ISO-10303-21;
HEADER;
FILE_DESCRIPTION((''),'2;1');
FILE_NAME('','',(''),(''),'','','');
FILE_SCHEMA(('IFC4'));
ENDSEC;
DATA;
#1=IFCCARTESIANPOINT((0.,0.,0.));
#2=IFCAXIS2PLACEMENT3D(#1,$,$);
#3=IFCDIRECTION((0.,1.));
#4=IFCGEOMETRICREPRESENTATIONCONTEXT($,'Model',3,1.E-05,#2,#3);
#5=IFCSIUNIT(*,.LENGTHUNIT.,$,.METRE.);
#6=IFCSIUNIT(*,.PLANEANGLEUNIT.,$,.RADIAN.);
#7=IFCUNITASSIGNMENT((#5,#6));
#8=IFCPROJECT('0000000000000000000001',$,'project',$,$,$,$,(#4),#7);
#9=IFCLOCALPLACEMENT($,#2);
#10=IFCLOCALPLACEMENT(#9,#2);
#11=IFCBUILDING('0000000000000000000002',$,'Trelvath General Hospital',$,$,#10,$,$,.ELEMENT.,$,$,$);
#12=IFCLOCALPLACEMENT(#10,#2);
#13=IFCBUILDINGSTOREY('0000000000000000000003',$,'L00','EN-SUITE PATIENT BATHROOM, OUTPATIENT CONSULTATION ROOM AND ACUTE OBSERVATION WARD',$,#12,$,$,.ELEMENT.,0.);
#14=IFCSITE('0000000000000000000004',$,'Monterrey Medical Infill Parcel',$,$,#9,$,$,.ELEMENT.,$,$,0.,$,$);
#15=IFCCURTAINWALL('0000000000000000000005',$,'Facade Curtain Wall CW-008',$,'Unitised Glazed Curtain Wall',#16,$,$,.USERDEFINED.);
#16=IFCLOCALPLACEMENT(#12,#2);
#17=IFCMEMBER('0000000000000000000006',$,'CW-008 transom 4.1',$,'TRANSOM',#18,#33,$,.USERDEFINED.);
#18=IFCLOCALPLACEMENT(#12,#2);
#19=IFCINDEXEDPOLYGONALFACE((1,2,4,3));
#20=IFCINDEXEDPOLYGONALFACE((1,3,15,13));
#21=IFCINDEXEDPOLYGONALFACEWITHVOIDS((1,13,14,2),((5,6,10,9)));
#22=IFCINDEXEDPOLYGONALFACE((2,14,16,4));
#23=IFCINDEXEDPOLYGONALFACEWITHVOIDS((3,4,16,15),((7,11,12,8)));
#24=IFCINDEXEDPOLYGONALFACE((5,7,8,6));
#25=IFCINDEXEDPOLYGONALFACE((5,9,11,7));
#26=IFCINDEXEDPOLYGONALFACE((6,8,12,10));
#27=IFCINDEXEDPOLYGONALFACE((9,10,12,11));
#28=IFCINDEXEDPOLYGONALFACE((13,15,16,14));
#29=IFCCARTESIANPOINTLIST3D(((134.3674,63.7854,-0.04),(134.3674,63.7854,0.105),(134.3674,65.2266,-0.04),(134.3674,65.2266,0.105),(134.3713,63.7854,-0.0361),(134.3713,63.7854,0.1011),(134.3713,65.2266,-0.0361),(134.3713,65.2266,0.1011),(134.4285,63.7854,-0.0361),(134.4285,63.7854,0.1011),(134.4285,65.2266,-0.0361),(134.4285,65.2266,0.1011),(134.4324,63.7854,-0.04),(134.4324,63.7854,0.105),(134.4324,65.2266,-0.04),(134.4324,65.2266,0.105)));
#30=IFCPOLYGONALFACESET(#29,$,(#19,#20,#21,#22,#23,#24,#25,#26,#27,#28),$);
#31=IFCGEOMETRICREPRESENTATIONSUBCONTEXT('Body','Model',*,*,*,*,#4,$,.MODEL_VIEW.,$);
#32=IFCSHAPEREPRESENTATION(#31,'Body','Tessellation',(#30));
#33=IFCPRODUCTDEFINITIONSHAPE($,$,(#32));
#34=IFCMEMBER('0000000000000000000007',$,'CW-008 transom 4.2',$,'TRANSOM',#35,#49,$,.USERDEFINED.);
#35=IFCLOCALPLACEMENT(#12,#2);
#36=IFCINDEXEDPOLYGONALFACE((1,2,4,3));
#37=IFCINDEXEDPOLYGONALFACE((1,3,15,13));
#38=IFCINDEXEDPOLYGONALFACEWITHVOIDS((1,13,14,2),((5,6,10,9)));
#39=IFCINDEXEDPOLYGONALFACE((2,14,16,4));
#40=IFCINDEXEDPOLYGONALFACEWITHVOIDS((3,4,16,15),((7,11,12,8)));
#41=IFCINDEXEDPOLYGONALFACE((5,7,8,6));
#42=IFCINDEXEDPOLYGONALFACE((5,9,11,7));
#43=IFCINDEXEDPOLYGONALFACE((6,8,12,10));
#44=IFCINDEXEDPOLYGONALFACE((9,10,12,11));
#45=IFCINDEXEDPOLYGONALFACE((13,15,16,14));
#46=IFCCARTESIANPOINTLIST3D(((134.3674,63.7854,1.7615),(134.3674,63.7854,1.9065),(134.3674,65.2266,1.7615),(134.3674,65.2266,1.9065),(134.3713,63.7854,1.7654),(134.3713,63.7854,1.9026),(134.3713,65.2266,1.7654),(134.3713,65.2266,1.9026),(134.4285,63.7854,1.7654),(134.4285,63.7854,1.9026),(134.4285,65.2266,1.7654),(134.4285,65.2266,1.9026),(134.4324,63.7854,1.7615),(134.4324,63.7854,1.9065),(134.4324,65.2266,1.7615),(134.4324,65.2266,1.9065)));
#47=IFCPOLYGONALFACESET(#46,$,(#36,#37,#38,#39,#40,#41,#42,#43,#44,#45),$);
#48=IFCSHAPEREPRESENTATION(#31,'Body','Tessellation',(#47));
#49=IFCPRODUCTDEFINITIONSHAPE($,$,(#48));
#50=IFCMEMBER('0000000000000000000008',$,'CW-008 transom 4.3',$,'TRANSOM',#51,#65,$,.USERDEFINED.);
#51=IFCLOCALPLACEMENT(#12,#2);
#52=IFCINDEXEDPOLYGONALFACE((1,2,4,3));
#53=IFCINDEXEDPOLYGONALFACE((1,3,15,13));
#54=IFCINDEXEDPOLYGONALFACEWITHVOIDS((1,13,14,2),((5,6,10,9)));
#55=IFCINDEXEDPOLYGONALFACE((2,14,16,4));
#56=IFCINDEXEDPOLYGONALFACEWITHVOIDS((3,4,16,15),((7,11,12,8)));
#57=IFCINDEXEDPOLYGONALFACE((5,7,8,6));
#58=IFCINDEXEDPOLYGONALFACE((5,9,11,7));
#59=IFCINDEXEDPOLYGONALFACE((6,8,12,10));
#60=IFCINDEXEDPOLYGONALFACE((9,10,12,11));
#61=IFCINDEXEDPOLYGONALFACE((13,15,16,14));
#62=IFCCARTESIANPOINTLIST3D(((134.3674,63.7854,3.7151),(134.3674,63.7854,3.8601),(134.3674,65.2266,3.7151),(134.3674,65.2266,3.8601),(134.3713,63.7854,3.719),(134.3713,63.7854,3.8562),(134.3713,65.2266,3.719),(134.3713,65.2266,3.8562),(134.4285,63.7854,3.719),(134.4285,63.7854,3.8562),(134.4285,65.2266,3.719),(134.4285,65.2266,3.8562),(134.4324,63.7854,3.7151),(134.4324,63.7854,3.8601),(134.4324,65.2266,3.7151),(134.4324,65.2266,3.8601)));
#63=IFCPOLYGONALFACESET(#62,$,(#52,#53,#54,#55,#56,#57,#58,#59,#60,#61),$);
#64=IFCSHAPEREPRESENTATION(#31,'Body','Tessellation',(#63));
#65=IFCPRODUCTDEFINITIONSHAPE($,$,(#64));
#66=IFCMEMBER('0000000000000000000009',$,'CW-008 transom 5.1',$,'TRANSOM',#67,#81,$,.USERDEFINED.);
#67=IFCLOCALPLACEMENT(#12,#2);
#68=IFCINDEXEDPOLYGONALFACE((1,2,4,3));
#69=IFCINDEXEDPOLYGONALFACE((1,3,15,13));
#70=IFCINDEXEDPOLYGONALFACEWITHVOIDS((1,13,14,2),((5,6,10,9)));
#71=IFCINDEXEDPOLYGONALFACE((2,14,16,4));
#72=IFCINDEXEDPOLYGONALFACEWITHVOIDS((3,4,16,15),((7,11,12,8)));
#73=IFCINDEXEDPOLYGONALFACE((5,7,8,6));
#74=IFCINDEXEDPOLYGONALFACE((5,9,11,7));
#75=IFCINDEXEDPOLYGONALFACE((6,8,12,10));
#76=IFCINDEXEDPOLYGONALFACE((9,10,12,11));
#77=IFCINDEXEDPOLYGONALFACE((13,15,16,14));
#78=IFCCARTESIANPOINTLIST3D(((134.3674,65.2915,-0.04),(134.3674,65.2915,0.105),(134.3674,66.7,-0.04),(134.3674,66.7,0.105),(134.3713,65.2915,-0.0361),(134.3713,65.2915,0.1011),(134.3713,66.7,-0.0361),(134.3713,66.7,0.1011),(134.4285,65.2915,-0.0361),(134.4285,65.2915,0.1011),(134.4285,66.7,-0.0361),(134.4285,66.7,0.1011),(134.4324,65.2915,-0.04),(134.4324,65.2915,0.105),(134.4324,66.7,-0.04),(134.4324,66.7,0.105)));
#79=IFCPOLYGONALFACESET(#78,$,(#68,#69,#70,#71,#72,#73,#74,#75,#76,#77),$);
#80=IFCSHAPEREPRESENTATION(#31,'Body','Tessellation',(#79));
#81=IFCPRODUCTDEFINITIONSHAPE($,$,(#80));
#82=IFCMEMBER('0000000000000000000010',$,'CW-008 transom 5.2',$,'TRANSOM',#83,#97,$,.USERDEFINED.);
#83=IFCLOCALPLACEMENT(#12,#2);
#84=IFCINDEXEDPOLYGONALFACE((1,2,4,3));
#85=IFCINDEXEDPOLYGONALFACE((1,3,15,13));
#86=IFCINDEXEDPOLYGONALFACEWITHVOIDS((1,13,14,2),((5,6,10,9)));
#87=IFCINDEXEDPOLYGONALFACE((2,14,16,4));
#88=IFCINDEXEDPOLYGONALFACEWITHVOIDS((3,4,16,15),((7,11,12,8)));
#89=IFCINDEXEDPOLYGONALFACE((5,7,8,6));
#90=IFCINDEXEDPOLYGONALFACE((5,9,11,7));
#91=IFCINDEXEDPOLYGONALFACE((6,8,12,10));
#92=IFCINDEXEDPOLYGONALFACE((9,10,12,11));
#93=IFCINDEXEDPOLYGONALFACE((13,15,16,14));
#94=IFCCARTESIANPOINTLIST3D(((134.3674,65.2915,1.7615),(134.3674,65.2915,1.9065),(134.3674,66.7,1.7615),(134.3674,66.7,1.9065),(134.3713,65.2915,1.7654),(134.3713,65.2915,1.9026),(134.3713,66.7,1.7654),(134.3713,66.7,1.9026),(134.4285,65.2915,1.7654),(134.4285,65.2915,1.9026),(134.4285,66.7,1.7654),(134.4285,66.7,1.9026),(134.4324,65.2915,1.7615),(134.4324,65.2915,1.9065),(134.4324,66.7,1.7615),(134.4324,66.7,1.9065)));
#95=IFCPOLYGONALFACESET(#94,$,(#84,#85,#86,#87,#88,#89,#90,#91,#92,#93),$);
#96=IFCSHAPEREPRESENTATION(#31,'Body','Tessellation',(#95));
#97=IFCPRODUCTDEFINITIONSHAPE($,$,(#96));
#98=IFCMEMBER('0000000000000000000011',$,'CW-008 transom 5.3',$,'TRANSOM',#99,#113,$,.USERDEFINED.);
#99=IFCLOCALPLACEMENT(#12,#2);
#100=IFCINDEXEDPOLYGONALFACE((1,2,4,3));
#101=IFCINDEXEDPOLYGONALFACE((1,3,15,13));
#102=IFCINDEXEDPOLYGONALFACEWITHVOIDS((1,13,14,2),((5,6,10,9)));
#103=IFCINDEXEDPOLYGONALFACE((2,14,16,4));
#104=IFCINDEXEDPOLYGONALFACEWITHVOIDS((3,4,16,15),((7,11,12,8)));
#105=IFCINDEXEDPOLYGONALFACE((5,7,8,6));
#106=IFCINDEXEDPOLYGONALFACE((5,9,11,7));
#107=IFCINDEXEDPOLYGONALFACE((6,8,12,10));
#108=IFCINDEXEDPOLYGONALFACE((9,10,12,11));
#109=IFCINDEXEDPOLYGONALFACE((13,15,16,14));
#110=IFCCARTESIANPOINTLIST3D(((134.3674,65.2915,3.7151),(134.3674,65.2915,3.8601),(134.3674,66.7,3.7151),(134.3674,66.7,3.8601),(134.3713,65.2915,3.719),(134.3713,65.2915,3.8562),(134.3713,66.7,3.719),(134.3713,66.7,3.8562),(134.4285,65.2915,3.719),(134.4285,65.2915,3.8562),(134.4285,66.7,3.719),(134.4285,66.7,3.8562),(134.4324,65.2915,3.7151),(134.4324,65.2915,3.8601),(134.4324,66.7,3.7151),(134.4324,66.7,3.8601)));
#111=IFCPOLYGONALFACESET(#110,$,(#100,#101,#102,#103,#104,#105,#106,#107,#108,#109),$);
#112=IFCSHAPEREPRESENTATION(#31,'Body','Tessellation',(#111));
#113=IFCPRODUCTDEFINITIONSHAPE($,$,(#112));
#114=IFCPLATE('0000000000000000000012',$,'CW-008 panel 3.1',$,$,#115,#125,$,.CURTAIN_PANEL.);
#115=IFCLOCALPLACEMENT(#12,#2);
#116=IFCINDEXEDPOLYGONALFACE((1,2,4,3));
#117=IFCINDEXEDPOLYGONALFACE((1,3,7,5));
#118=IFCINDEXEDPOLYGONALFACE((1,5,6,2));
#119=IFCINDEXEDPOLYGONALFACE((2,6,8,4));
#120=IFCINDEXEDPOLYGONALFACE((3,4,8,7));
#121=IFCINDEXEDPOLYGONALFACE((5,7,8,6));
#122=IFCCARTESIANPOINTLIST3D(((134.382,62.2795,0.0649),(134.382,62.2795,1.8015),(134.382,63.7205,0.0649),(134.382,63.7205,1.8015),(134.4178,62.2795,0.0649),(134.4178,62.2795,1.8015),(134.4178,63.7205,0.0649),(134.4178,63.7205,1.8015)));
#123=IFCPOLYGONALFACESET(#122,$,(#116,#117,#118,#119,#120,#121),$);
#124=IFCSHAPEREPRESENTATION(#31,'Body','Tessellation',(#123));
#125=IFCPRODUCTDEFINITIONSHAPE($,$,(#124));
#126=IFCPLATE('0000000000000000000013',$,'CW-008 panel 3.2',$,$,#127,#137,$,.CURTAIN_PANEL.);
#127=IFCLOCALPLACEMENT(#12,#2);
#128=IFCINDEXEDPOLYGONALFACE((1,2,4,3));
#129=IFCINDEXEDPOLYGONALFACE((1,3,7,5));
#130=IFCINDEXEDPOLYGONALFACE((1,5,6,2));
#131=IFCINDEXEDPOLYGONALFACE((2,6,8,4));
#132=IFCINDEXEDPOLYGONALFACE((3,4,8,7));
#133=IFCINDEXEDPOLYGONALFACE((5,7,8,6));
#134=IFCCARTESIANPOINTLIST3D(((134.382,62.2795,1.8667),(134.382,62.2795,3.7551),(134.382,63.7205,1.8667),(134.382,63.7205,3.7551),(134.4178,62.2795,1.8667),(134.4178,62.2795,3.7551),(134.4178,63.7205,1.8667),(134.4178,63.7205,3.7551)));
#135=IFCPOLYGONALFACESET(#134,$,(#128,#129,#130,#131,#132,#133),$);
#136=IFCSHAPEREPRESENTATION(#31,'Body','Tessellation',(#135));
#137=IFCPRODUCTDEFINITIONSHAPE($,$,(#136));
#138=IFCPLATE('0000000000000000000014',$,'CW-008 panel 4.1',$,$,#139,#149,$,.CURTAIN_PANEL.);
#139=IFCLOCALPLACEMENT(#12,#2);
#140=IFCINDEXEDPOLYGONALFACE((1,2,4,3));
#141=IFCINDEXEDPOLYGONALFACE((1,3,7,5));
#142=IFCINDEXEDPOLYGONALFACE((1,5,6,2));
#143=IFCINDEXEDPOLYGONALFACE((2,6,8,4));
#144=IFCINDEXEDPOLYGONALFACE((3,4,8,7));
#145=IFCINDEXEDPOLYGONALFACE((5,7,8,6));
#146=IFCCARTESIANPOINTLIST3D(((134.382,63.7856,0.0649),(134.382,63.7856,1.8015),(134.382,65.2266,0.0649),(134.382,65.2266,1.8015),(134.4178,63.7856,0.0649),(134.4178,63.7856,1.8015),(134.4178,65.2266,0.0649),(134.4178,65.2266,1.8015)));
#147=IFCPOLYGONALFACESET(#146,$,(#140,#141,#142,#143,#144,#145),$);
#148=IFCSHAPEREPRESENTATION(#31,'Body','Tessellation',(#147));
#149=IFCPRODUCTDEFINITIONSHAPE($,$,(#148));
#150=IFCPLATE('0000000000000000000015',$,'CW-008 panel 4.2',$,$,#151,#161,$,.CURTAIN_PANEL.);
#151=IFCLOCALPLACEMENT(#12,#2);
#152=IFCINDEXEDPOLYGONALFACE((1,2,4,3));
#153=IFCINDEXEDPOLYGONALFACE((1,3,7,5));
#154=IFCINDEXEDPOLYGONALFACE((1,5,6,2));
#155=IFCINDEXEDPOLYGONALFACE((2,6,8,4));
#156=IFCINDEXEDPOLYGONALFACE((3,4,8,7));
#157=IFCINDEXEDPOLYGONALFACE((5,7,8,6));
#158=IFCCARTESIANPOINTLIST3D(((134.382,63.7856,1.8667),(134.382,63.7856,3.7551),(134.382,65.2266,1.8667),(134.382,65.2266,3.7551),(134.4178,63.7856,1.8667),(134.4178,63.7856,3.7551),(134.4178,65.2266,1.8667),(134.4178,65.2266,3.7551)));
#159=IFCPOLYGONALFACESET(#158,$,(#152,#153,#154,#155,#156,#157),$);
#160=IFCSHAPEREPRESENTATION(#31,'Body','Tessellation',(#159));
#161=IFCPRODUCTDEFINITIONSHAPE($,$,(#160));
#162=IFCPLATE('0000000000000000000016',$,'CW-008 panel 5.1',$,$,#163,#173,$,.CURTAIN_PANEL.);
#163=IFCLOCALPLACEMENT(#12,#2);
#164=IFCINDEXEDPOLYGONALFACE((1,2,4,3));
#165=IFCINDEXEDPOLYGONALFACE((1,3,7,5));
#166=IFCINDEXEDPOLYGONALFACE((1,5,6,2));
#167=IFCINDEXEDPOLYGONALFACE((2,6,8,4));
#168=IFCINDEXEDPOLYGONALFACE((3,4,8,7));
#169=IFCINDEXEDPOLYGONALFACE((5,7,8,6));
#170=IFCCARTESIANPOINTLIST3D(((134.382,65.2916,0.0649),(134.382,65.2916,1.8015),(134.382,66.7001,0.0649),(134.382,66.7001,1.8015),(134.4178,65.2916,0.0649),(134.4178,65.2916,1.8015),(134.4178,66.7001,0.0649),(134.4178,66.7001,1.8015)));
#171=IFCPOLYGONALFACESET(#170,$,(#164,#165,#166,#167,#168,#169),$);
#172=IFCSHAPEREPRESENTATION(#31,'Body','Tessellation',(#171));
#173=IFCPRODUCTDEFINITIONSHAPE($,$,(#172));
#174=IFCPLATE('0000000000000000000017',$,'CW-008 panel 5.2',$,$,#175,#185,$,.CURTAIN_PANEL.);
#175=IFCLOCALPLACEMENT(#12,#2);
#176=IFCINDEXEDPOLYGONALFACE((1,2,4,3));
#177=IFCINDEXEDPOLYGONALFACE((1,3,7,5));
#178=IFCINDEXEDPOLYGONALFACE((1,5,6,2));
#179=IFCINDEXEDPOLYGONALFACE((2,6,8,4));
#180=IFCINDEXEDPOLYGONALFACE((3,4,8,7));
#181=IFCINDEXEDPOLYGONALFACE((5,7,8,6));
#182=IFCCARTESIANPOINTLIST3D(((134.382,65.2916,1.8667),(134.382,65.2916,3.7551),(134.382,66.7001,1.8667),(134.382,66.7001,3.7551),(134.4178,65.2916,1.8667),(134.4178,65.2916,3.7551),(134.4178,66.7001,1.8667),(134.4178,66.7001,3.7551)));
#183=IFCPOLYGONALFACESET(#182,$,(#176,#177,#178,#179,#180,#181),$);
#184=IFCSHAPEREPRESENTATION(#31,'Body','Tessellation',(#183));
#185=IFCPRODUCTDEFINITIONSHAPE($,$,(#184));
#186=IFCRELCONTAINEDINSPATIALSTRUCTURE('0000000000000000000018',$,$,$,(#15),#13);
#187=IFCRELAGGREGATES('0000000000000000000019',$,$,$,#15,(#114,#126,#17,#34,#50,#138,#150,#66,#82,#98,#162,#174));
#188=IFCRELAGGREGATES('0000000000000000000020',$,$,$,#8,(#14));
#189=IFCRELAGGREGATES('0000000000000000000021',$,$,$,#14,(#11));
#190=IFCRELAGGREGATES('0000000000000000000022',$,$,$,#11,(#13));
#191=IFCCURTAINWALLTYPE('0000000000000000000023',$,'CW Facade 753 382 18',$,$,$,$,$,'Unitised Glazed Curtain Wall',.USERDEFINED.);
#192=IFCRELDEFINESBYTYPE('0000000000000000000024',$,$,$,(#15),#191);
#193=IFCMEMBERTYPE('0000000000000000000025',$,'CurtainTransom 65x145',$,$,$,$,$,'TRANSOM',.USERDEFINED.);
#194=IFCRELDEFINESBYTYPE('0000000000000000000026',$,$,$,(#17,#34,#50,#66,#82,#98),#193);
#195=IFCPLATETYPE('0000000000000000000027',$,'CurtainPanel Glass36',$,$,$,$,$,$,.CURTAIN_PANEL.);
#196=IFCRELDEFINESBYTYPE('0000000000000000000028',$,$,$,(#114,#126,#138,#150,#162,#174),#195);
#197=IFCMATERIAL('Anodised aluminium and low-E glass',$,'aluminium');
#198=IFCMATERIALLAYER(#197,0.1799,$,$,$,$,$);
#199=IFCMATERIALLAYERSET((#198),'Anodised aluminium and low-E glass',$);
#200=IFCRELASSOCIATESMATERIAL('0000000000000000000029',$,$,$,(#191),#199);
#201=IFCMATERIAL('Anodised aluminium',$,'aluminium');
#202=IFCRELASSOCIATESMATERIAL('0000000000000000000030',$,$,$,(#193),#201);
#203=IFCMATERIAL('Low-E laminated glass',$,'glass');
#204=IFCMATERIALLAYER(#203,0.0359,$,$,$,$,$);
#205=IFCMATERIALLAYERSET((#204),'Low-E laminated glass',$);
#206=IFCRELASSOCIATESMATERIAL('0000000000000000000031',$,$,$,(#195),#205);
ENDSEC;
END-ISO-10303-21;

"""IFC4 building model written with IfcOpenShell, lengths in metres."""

from ifc_helpers import new_model, si_unit, direction, frame, origin, origin_2d, place, context, subcontext, project, spatial, rectangle, hollow_rectangle, extrude, material, layer, layer_set, material_profile, profile_set, type_object, element, aggregate, save


model = new_model("IFC4")

# Units and contexts
model_context = context("Model", 3, precision=1e-05, world=origin(), true_north=direction((0.0, 1.0)))
body_context = subcontext(model_context, "Body", "Model", "MODEL_VIEW")
ifc_project = project(units=[si_unit("LENGTHUNIT", "METRE"), si_unit("PLANEANGLEUNIT", "RADIAN")], contexts=[model_context])

# Site, building, storey
site_placement = place(None, origin())
site = spatial("IfcSite", under=ifc_project, at=site_placement, Name="Monterrey Medical Infill Parcel", CompositionType="ELEMENT", RefElevation=0.0)
building_placement = place(site_placement, origin())
building = spatial("IfcBuilding", under=site, at=building_placement, Name="Trelvath General Hospital", CompositionType="ELEMENT")
storey_placement = place(building_placement, origin())
storey = spatial("IfcBuildingStorey", under=building, at=storey_placement, Name="L00", Description="EN-SUITE PATIENT BATHROOM, OUTPATIENT CONSULTATION ROOM AND ACUTE OBSERVATION WARD", CompositionType="ELEMENT", Elevation=0.0)

# Curtain wall, members, plates
ifc_material_1 = material(Name="Anodised aluminium and low-E glass", Category="aluminium")
ifc_layer_1 = layer(ifc_material_1, 0.1799)
ifc_layer_set_1 = layer_set([ifc_layer_1], Name="Anodised aluminium and low-E glass")
curtain_wall_type = type_object("IfcCurtainWallType", Name="CW Facade 753 382 18", ElementType="Unitised Glazed Curtain Wall", PredefinedType="USERDEFINED", material=ifc_layer_set_1)
curtain_wall_placement = place(storey_placement, origin())
curtain_wall = element("IfcCurtainWall", 1, at=curtain_wall_placement, inside=storey, type_object=curtain_wall_type, Name="Facade Curtain Wall CW-008", ObjectType="Unitised Glazed Curtain Wall", PredefinedType="USERDEFINED")
ifc_material_2 = material(Name="Anodised aluminium", Category="aluminium")
ifc_material_profile_1 = material_profile(ifc_material_2, hollow_rectangle(XDim=0.0649, YDim=0.145, WallThickness=0.0039, at=origin_2d()), Name="RHS65x145x4")
ifc_profile_set_1 = profile_set([ifc_material_profile_1], Name="Anodised aluminium")
member_type_1 = type_object("IfcMemberType", Name="CurtainTransom 65x145", ElementType="TRANSOM", PredefinedType="USERDEFINED", material=ifc_profile_set_1)
member_1_placement = place(storey_placement, frame((134.3999, 63.7854, 0.0325), z_axis=(0.0, 1.0, 0.0), x_axis=(-1.0, 0.0, 0.0)))
member_1 = element("IfcMember", 2, at=member_1_placement, type_object=member_type_1, Name="CW-008 transom 4.1", ObjectType="TRANSOM", PredefinedType="USERDEFINED", context=body_context, shape_type="SweptSolid", body=[
    extrude(hollow_rectangle(XDim=0.0649, YDim=0.145, WallThickness=0.0039, at=origin_2d()), origin(), (0.0, 0.0, 1.0), 1.4412),
])
member_2_placement = place(storey_placement, frame((134.3999, 63.7854, 1.834), z_axis=(0.0, 1.0, 0.0), x_axis=(-1.0, 0.0, 0.0)))
member_2 = element("IfcMember", 3, at=member_2_placement, type_object=member_type_1, Name="CW-008 transom 4.2", ObjectType="TRANSOM", PredefinedType="USERDEFINED", context=body_context, shape_type="SweptSolid", body=[
    extrude(hollow_rectangle(XDim=0.0649, YDim=0.145, WallThickness=0.0039, at=origin_2d()), origin(), (0.0, 0.0, 1.0), 1.4412),
])
member_3_placement = place(storey_placement, frame((134.3999, 63.7854, 3.7876), z_axis=(0.0, 1.0, 0.0), x_axis=(-1.0, 0.0, 0.0)))
member_3 = element("IfcMember", 4, at=member_3_placement, type_object=member_type_1, Name="CW-008 transom 4.3", ObjectType="TRANSOM", PredefinedType="USERDEFINED", context=body_context, shape_type="SweptSolid", body=[
    extrude(hollow_rectangle(XDim=0.0649, YDim=0.145, WallThickness=0.0039, at=origin_2d()), origin(), (0.0, 0.0, 1.0), 1.4412),
])
member_4_placement = place(storey_placement, frame((134.3999, 65.2915, 0.0325), z_axis=(0.0, 1.0, 0.0), x_axis=(-1.0, 0.0, 0.0)))
member_4 = element("IfcMember", 5, at=member_4_placement, type_object=member_type_1, Name="CW-008 transom 5.1", ObjectType="TRANSOM", PredefinedType="USERDEFINED", context=body_context, shape_type="SweptSolid", body=[
    extrude(hollow_rectangle(XDim=0.0649, YDim=0.145, WallThickness=0.0039, at=origin_2d()), origin(), (0.0, 0.0, 1.0), 1.4084),
])
member_5_placement = place(storey_placement, frame((134.3999, 65.2915, 1.834), z_axis=(0.0, 1.0, 0.0), x_axis=(-1.0, 0.0, 0.0)))
member_5 = element("IfcMember", 6, at=member_5_placement, type_object=member_type_1, Name="CW-008 transom 5.2", ObjectType="TRANSOM", PredefinedType="USERDEFINED", context=body_context, shape_type="SweptSolid", body=[
    extrude(hollow_rectangle(XDim=0.0649, YDim=0.145, WallThickness=0.0039, at=origin_2d()), origin(), (0.0, 0.0, 1.0), 1.4084),
])
member_6_placement = place(storey_placement, frame((134.3999, 65.2915, 3.7876), z_axis=(0.0, 1.0, 0.0), x_axis=(-1.0, 0.0, 0.0)))
member_6 = element("IfcMember", 7, at=member_6_placement, type_object=member_type_1, Name="CW-008 transom 5.3", ObjectType="TRANSOM", PredefinedType="USERDEFINED", context=body_context, shape_type="SweptSolid", body=[
    extrude(hollow_rectangle(XDim=0.0649, YDim=0.145, WallThickness=0.0039, at=origin_2d()), origin(), (0.0, 0.0, 1.0), 1.4084),
])
ifc_material_3 = material(Name="Low-E laminated glass", Category="glass")
ifc_layer_2 = layer(ifc_material_3, 0.0359)
ifc_layer_set_2 = layer_set([ifc_layer_2], Name="Low-E laminated glass")
plate_type = type_object("IfcPlateType", Name="CurtainPanel Glass36", PredefinedType="CURTAIN_PANEL", material=ifc_layer_set_2)
plate_1_placement = place(storey_placement, frame((134.3999, 63.0, 0.0649), z_axis=(0.0, 0.0, 1.0), x_axis=(0.0, 1.0, 0.0)))
plate_1 = element("IfcPlate", 8, at=plate_1_placement, type_object=plate_type, Name="CW-008 panel 3.1", PredefinedType="CURTAIN_PANEL", context=body_context, shape_type="SweptSolid", body=[
    extrude(rectangle(XDim=1.4409, YDim=0.0359, at=origin_2d()), origin(), (0.0, 0.0, 1.0), 1.7366),
])
plate_2_placement = place(storey_placement, frame((134.3999, 63.0, 1.8667), z_axis=(0.0, 0.0, 1.0), x_axis=(0.0, 1.0, 0.0)))
plate_2 = element("IfcPlate", 9, at=plate_2_placement, type_object=plate_type, Name="CW-008 panel 3.2", PredefinedType="CURTAIN_PANEL", context=body_context, shape_type="SweptSolid", body=[
    extrude(rectangle(XDim=1.4409, YDim=0.0359, at=origin_2d()), origin(), (0.0, 0.0, 1.0), 1.8884),
])
plate_3_placement = place(storey_placement, frame((134.3999, 64.5061, 0.0649), z_axis=(0.0, 0.0, 1.0), x_axis=(0.0, 1.0, 0.0)))
plate_3 = element("IfcPlate", 10, at=plate_3_placement, type_object=plate_type, Name="CW-008 panel 4.1", PredefinedType="CURTAIN_PANEL", context=body_context, shape_type="SweptSolid", body=[
    extrude(rectangle(XDim=1.4409, YDim=0.0359, at=origin_2d()), origin(), (0.0, 0.0, 1.0), 1.7366),
])
plate_4_placement = place(storey_placement, frame((134.3999, 64.5061, 1.8667), z_axis=(0.0, 0.0, 1.0), x_axis=(0.0, 1.0, 0.0)))
plate_4 = element("IfcPlate", 11, at=plate_4_placement, type_object=plate_type, Name="CW-008 panel 4.2", PredefinedType="CURTAIN_PANEL", context=body_context, shape_type="SweptSolid", body=[
    extrude(rectangle(XDim=1.4409, YDim=0.0359, at=origin_2d()), origin(), (0.0, 0.0, 1.0), 1.8884),
])
plate_5_placement = place(storey_placement, frame((134.3999, 65.9958, 0.0649), z_axis=(0.0, 0.0, 1.0), x_axis=(0.0, 1.0, 0.0)))
plate_5 = element("IfcPlate", 12, at=plate_5_placement, type_object=plate_type, Name="CW-008 panel 5.1", PredefinedType="CURTAIN_PANEL", context=body_context, shape_type="SweptSolid", body=[
    extrude(rectangle(XDim=1.4084, YDim=0.0359, at=origin_2d()), origin(), (0.0, 0.0, 1.0), 1.7366),
])
plate_6_placement = place(storey_placement, frame((134.3999, 65.9958, 1.8667), z_axis=(0.0, 0.0, 1.0), x_axis=(0.0, 1.0, 0.0)))
plate_6 = element("IfcPlate", 13, at=plate_6_placement, type_object=plate_type, Name="CW-008 panel 5.2", PredefinedType="CURTAIN_PANEL", context=body_context, shape_type="SweptSolid", body=[
    extrude(rectangle(XDim=1.4084, YDim=0.0359, at=origin_2d()), origin(), (0.0, 0.0, 1.0), 1.8884),
])
aggregate(curtain_wall, [plate_1, plate_2, member_1, member_2, member_3, plate_3, plate_4, member_4, member_5, member_6, plate_5, plate_6])

save(model, "model.ifc")
